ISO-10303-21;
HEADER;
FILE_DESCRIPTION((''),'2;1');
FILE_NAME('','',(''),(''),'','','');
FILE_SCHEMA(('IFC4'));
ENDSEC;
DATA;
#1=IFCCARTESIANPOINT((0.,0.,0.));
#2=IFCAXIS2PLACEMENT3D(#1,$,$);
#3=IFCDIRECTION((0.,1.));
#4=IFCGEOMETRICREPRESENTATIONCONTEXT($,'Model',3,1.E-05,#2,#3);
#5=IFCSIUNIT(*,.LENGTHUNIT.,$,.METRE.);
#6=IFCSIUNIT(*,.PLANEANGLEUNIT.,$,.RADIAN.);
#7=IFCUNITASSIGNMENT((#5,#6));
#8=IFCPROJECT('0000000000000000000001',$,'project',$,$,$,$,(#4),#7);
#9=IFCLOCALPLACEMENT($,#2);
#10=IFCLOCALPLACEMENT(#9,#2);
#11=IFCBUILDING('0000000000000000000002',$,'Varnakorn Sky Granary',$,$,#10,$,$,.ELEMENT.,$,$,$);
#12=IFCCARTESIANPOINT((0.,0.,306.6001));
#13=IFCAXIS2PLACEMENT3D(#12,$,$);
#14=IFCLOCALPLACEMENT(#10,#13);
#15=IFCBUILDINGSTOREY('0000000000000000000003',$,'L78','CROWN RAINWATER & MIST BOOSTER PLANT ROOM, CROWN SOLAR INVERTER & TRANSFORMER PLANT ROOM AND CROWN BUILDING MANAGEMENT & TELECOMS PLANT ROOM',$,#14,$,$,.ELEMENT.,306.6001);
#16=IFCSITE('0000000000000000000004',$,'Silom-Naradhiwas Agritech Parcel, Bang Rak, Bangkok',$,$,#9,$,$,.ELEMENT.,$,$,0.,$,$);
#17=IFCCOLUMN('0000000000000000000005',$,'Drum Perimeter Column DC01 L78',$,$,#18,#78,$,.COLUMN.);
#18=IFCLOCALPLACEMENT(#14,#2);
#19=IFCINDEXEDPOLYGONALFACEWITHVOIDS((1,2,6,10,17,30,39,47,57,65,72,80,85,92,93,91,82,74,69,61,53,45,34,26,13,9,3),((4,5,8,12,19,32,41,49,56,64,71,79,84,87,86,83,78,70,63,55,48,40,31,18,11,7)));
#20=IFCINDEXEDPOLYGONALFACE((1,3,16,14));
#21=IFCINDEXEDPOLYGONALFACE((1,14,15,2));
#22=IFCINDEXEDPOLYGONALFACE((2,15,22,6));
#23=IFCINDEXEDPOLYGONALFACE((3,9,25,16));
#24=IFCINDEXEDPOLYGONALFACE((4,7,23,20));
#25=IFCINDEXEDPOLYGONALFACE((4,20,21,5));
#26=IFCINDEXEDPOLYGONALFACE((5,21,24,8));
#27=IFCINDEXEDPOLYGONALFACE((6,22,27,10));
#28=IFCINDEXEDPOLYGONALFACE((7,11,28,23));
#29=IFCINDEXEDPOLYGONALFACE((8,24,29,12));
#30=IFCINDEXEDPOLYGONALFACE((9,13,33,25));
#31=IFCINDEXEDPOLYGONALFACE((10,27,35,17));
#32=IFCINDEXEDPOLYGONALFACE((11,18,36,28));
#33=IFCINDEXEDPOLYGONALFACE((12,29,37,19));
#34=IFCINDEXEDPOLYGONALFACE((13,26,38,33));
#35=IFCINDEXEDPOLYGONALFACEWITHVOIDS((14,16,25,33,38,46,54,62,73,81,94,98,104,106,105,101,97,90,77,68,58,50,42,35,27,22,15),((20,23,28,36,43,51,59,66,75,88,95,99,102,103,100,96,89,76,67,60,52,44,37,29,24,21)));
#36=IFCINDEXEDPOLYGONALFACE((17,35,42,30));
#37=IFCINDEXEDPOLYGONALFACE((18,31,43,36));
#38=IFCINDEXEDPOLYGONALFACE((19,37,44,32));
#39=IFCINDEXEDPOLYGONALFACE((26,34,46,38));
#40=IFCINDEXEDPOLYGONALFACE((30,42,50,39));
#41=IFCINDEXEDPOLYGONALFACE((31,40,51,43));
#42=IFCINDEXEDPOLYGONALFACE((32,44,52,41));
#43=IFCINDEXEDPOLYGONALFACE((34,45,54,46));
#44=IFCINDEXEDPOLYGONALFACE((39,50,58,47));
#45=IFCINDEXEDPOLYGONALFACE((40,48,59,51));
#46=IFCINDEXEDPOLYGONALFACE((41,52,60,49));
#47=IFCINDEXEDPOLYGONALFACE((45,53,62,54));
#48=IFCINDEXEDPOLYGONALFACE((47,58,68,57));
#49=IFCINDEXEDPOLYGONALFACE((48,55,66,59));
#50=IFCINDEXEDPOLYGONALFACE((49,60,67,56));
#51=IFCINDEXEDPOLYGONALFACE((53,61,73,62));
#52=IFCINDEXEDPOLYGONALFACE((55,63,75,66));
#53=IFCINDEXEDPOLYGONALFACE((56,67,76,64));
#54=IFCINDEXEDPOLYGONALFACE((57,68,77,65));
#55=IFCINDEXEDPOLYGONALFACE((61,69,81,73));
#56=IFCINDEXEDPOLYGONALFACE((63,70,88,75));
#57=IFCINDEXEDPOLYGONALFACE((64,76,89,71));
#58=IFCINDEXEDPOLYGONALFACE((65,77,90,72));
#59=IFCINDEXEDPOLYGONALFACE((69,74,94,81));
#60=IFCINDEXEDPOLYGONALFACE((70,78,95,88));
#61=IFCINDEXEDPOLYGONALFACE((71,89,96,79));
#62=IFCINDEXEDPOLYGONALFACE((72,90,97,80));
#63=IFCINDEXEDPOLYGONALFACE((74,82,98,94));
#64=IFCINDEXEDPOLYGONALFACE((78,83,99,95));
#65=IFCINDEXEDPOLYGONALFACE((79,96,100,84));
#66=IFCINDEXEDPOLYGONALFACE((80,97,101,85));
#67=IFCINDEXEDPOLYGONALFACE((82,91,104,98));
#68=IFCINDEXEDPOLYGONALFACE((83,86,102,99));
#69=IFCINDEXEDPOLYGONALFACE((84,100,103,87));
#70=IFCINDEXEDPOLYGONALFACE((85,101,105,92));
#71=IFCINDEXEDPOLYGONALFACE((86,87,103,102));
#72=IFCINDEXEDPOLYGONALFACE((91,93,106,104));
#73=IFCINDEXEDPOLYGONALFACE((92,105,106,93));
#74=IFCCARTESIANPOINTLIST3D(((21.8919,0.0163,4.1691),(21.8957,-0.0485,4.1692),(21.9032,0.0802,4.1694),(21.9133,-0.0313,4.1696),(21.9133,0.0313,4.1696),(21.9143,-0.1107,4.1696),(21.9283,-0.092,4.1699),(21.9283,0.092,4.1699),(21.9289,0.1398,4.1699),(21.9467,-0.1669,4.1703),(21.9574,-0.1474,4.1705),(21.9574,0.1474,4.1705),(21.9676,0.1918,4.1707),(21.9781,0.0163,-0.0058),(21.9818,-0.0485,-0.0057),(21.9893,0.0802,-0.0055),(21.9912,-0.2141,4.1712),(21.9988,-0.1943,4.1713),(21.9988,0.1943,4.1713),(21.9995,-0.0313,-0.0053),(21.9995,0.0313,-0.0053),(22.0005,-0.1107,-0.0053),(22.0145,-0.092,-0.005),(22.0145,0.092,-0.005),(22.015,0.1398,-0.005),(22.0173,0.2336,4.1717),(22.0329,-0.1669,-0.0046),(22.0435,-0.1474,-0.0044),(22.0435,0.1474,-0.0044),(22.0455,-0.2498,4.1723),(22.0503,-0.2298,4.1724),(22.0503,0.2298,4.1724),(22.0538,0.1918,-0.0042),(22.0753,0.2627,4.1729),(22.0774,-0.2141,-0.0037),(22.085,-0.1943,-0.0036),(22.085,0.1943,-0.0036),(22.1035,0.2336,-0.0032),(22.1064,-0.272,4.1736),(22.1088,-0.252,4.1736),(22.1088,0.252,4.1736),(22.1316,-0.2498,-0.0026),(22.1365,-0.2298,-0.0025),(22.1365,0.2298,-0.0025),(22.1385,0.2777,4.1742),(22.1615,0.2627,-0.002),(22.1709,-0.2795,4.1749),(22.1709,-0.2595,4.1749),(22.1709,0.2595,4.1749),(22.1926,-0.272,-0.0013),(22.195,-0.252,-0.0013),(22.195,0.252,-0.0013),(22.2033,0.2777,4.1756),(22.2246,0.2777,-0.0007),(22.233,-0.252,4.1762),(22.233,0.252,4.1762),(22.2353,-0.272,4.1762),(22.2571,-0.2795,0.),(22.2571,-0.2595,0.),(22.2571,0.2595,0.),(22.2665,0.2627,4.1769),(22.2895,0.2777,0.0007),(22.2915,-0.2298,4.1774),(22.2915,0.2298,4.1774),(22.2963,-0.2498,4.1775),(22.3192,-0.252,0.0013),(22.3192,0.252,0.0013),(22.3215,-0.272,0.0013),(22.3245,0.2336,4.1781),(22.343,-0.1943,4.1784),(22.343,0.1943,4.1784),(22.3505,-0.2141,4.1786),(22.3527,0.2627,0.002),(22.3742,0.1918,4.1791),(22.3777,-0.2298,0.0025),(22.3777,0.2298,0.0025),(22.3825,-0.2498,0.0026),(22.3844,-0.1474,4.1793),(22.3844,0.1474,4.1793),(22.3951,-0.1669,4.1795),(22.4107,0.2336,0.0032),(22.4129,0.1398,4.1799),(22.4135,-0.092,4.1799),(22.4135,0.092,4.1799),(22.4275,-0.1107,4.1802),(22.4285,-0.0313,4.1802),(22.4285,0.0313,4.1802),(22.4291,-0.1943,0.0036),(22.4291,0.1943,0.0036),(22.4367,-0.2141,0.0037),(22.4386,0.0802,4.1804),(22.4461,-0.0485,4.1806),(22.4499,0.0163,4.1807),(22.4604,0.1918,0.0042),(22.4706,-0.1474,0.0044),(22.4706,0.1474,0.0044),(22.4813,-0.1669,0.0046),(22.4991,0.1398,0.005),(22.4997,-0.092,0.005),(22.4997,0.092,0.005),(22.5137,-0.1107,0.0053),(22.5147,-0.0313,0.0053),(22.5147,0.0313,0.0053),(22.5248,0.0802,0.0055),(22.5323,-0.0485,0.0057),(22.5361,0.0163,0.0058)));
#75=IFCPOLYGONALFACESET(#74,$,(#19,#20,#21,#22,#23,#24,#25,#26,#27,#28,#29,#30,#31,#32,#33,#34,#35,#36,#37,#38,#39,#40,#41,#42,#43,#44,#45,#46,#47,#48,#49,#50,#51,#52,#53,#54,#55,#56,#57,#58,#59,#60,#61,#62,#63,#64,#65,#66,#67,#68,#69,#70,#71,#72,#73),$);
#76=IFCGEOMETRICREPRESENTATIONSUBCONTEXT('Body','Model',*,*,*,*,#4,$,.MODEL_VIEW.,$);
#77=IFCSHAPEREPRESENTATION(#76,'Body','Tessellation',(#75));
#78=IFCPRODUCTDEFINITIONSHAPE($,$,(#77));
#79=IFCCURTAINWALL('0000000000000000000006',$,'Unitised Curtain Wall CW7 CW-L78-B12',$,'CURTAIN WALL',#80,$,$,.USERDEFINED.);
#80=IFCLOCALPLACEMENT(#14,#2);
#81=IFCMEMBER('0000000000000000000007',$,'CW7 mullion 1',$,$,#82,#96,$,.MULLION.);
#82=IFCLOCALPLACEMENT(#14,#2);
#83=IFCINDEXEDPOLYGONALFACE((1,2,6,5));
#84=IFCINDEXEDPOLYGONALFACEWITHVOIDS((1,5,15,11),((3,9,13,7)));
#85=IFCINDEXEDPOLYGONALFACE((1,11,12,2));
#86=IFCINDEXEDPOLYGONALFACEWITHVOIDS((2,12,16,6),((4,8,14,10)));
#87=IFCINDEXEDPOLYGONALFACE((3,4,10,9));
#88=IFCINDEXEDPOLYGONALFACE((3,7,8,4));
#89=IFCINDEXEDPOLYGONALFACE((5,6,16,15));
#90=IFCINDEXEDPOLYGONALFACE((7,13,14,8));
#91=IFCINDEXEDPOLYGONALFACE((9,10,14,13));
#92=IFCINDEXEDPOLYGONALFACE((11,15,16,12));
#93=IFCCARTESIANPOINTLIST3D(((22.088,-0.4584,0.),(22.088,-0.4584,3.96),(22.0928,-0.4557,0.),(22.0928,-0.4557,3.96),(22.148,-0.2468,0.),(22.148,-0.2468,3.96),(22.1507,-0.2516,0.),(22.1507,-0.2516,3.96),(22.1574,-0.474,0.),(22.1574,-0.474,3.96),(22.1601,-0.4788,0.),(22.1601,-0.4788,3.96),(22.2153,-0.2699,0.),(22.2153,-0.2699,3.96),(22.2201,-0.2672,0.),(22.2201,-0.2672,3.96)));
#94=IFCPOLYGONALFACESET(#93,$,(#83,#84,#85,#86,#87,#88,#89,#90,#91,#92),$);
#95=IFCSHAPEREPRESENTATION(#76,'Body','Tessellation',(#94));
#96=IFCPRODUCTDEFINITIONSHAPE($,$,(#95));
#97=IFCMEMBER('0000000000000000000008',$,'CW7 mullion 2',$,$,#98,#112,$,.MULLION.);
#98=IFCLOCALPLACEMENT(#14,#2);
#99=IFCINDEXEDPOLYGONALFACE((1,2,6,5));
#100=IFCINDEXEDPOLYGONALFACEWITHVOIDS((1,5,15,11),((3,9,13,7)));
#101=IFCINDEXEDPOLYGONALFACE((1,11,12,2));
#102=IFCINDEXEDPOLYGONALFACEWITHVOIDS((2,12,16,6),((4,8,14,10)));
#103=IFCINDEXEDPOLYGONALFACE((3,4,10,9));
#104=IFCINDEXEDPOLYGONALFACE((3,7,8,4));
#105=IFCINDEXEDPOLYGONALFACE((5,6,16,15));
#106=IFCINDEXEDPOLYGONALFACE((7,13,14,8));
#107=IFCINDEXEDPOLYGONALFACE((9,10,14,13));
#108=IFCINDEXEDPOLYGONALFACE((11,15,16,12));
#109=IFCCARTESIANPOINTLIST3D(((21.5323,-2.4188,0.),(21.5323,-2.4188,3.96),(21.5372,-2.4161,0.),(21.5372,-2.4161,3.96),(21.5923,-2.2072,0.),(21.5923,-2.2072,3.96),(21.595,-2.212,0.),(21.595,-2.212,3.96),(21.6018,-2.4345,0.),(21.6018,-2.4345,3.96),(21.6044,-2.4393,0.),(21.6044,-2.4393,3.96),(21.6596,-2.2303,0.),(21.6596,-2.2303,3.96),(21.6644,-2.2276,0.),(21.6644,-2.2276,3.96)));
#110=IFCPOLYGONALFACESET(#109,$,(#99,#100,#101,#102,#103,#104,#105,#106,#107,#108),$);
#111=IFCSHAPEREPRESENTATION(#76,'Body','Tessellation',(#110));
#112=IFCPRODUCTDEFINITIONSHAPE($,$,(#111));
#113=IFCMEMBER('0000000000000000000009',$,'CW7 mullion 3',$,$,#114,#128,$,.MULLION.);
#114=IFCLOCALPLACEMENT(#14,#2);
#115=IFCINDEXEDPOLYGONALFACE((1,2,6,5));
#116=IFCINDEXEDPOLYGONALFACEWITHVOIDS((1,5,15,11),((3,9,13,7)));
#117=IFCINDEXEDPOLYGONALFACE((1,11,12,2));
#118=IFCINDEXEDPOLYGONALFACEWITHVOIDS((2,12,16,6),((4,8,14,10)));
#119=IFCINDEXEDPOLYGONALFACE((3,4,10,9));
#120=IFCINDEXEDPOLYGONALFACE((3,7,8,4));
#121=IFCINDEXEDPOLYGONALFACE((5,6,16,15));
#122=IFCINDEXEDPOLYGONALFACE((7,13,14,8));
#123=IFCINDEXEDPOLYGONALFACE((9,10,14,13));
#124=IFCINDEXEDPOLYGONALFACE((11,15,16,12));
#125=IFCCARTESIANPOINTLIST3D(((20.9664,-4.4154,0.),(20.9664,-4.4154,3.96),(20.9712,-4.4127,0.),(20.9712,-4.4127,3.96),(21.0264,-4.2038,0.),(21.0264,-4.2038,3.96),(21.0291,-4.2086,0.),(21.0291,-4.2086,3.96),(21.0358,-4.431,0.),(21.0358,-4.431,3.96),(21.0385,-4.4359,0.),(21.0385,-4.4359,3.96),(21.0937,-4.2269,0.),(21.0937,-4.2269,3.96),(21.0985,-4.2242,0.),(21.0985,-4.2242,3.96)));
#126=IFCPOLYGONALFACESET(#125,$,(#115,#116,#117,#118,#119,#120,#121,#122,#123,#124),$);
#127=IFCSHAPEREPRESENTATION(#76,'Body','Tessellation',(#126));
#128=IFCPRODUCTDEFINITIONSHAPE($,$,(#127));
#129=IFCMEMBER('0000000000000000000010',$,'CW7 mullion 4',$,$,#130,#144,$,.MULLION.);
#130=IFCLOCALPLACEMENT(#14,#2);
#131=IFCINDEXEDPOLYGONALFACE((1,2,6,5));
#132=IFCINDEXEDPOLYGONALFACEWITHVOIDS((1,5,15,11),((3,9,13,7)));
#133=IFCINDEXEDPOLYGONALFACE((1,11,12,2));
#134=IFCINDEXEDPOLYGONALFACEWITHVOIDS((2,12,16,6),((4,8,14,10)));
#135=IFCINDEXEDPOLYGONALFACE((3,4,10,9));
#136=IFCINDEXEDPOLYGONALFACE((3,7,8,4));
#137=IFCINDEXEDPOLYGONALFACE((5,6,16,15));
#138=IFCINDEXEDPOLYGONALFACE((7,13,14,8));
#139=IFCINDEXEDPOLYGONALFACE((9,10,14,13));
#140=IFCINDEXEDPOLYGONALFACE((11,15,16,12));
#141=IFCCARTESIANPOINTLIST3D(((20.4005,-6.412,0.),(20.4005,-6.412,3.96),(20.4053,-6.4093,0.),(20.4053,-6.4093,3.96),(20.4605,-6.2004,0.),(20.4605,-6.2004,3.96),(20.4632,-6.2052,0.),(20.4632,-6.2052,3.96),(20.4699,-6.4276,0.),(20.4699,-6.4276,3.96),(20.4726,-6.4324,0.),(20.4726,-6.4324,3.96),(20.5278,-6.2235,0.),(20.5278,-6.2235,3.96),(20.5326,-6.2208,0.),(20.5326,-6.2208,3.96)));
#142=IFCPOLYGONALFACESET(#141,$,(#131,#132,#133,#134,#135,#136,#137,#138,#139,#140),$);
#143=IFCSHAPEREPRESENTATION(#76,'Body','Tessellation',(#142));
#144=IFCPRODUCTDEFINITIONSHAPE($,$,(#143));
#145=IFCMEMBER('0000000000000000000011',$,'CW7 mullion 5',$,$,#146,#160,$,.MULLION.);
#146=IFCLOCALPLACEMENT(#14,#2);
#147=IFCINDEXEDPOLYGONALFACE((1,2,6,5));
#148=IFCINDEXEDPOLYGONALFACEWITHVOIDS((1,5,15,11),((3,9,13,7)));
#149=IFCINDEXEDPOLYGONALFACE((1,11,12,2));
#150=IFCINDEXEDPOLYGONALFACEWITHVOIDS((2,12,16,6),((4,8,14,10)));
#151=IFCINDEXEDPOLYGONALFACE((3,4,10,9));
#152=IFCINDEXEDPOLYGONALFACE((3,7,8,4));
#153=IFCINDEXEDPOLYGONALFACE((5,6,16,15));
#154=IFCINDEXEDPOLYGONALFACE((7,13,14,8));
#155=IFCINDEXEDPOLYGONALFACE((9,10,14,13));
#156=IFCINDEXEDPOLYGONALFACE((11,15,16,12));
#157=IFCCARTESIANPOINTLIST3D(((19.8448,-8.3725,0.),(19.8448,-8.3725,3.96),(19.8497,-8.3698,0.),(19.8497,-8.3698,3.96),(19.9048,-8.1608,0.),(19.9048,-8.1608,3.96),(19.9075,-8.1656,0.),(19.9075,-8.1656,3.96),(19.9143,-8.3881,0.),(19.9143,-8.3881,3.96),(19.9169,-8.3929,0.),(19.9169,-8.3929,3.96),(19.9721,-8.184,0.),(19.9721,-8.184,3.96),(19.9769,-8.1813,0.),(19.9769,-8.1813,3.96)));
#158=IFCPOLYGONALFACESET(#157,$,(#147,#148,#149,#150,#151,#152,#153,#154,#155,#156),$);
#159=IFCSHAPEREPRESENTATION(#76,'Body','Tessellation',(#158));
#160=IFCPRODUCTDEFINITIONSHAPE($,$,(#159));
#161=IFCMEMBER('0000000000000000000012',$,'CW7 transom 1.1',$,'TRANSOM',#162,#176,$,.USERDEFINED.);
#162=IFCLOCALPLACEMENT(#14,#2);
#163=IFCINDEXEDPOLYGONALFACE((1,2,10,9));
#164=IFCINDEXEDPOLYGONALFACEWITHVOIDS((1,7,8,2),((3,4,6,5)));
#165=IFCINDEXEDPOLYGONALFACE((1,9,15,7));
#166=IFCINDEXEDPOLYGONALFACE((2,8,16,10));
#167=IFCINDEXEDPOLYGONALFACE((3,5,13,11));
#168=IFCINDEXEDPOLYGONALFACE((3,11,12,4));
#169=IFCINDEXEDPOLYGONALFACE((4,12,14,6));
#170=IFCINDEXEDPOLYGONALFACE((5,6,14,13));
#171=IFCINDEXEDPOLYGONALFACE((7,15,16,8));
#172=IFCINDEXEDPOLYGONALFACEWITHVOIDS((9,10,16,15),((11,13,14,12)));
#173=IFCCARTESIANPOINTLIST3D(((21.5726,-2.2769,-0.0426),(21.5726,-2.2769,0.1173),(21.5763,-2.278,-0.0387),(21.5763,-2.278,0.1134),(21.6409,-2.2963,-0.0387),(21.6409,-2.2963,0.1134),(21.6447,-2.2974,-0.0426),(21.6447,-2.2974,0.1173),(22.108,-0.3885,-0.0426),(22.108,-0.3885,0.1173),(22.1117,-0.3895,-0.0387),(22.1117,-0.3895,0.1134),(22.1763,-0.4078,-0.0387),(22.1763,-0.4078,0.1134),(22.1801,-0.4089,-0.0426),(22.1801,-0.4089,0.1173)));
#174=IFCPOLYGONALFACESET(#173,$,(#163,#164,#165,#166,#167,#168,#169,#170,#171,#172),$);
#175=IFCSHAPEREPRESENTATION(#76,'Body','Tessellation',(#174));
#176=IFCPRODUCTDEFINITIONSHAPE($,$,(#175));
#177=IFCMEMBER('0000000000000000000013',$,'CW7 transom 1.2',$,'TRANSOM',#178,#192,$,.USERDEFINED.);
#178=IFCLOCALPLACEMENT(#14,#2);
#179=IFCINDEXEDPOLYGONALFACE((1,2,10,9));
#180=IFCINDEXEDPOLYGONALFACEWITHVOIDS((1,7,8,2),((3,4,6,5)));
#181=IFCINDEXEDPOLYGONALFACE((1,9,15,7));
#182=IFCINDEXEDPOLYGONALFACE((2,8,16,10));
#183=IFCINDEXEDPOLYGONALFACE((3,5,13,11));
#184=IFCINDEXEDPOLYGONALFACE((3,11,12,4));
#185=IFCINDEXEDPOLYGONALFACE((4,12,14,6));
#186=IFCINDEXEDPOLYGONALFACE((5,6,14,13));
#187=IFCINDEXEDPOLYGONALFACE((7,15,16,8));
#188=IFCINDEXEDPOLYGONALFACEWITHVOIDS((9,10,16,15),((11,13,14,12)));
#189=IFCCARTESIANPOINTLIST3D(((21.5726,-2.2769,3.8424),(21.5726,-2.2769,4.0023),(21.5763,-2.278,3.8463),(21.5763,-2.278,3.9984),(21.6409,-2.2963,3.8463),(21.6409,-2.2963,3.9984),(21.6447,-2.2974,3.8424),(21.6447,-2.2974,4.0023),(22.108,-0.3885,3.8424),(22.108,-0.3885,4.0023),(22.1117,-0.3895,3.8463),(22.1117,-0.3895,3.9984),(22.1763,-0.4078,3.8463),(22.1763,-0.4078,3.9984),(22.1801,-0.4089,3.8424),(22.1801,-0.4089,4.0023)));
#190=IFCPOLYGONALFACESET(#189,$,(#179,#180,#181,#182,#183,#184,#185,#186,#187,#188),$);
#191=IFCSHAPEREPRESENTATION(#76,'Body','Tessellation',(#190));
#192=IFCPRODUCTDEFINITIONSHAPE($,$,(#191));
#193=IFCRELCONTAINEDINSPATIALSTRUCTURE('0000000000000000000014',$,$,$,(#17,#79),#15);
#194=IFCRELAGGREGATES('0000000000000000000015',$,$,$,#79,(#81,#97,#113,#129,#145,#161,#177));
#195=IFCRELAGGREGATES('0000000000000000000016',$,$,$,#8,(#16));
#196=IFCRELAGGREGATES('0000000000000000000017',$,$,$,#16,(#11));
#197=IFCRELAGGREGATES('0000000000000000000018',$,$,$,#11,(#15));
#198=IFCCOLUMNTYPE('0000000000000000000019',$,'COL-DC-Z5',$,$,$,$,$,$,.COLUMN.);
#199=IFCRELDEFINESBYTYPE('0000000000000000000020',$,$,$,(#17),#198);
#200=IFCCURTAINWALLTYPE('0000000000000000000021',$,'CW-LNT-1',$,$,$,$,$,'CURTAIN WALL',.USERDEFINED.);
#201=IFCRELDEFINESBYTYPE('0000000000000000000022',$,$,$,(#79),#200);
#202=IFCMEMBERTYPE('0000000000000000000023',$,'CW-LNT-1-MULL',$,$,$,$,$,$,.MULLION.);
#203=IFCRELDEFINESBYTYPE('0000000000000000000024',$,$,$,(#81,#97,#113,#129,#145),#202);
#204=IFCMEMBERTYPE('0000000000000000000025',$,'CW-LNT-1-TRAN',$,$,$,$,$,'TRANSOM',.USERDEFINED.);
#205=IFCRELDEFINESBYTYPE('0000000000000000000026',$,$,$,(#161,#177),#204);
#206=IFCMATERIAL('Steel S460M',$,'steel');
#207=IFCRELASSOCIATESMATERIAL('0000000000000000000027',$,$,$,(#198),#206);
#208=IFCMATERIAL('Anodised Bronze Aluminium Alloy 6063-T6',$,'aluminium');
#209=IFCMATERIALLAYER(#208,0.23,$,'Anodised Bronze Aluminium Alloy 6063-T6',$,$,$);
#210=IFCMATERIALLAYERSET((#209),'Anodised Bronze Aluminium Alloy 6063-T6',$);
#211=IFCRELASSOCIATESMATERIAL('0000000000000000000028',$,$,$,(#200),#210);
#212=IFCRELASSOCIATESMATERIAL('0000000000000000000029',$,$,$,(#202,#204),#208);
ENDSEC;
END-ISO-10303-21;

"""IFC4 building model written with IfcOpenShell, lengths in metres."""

from ifc_helpers import new_model, si_unit, direction, frame, origin, origin_2d, place, context, subcontext, project, spatial, hollow_rectangle, hollow_circle, extrude, material, layer, layer_set, material_profile, profile_set, type_object, element, aggregate, save


model = new_model("IFC4")

# Units and contexts
model_context = context("Model", 3, precision=1e-05, world=origin(), true_north=direction((0.0, 1.0)))
body_context = subcontext(model_context, "Body", "Model", "MODEL_VIEW")
ifc_project = project(units=[si_unit("LENGTHUNIT", "METRE"), si_unit("PLANEANGLEUNIT", "RADIAN")], contexts=[model_context])

# Site, building, storey
site_placement = place(None, origin())
site = spatial("IfcSite", under=ifc_project, at=site_placement, Name="Silom-Naradhiwas Agritech Parcel, Bang Rak, Bangkok", CompositionType="ELEMENT", RefElevation=0.0)
building_placement = place(site_placement, origin())
building = spatial("IfcBuilding", under=site, at=building_placement, Name="Varnakorn Sky Granary", CompositionType="ELEMENT")
storey_placement = place(building_placement, frame((0.0, 0.0, 306.6001)))
storey = spatial("IfcBuildingStorey", under=building, at=storey_placement, Name="L78", Description="CROWN RAINWATER & MIST BOOSTER PLANT ROOM, CROWN SOLAR INVERTER & TRANSFORMER PLANT ROOM AND CROWN BUILDING MANAGEMENT & TELECOMS PLANT ROOM", CompositionType="ELEMENT", Elevation=306.6001)

# Column
ifc_material_1 = material(Name="Steel S460M", Category="steel")
ifc_material_profile_1 = material_profile(ifc_material_1, hollow_circle(Radius=0.2795, WallThickness=0.02, at=origin_2d()), Name="CHS 559x20")
ifc_profile_set_1 = profile_set([ifc_material_profile_1], Name="Steel S460M")
column_type = type_object("IfcColumnType", Name="COL-DC-Z5", PredefinedType="COLUMN", material=ifc_profile_set_1)
column_placement = place(storey_placement, frame((22.2571, 0.0, 0.0), z_axis=(-0.020639, 0.0, 0.999787), x_axis=(0.0, -1.0, 0.0)))
element("IfcColumn", 1, at=column_placement, inside=storey, type_object=column_type, Name="Drum Perimeter Column DC01 L78", PredefinedType="COLUMN", context=body_context, shape_type="SweptSolid", body=[
    extrude(hollow_circle(Radius=0.2795, WallThickness=0.02, at=origin_2d()), origin(), (0.0, 0.0, 1.0), 4.1758),
])

# Curtain wall, members
ifc_material_2 = material(Name="Anodised Bronze Aluminium Alloy 6063-T6", Category="aluminium")
ifc_layer_1 = layer(ifc_material_2, 0.23, Name="Anodised Bronze Aluminium Alloy 6063-T6")
ifc_layer_set_1 = layer_set([ifc_layer_1], Name="Anodised Bronze Aluminium Alloy 6063-T6")
curtain_wall_type = type_object("IfcCurtainWallType", Name="CW-LNT-1", ElementType="CURTAIN WALL", PredefinedType="USERDEFINED", material=ifc_layer_set_1)
curtain_wall_placement = place(storey_placement, origin())
curtain_wall = element("IfcCurtainWall", 2, at=curtain_wall_placement, inside=storey, type_object=curtain_wall_type, Name="Unitised Curtain Wall CW7 CW-L78-B12", ObjectType="CURTAIN WALL", PredefinedType="USERDEFINED")
ifc_material_profile_2 = material_profile(ifc_material_2, hollow_rectangle(XDim=0.075, YDim=0.22, WallThickness=0.0039, at=origin_2d()), Name="ALU MULL 75x220")
ifc_profile_set_2 = profile_set([ifc_material_profile_2], Name="Anodised Bronze Aluminium Alloy 6063-T6")
member_type_1 = type_object("IfcMemberType", Name="CW-LNT-1-MULL", PredefinedType="MULLION", material=ifc_profile_set_2)
member_1_placement = place(storey_placement, frame((22.1541, -0.3628, 0.0), z_axis=(0.0, 0.0, 1.0), x_axis=(0.962095, -0.272716, 0.0)))
member_1 = element("IfcMember", 3, at=member_1_placement, type_object=member_type_1, Name="CW7 mullion 1", PredefinedType="MULLION", context=body_context, shape_type="SweptSolid", body=[
    extrude(hollow_rectangle(XDim=0.075, YDim=0.22, WallThickness=0.0039, at=origin_2d()), origin(), (0.0, 0.0, 1.0), 3.96),
])
member_2_placement = place(storey_placement, frame((21.5984, -2.3232, 0.0), z_axis=(0.0, 0.0, 1.0), x_axis=(0.962095, -0.272716, 0.0)))
member_2 = element("IfcMember", 4, at=member_2_placement, type_object=member_type_1, Name="CW7 mullion 2", PredefinedType="MULLION", context=body_context, shape_type="SweptSolid", body=[
    extrude(hollow_rectangle(XDim=0.075, YDim=0.22, WallThickness=0.0039, at=origin_2d()), origin(), (0.0, 0.0, 1.0), 3.96),
])
member_3_placement = place(storey_placement, frame((21.0325, -4.3198, 0.0), z_axis=(0.0, 0.0, 1.0), x_axis=(0.962095, -0.272716, 0.0)))
member_3 = element("IfcMember", 5, at=member_3_placement, type_object=member_type_1, Name="CW7 mullion 3", PredefinedType="MULLION", context=body_context, shape_type="SweptSolid", body=[
    extrude(hollow_rectangle(XDim=0.075, YDim=0.22, WallThickness=0.0039, at=origin_2d()), origin(), (0.0, 0.0, 1.0), 3.96),
])
member_4_placement = place(storey_placement, frame((20.4666, -6.3164, 0.0), z_axis=(0.0, 0.0, 1.0), x_axis=(0.962095, -0.272716, 0.0)))
member_4 = element("IfcMember", 6, at=member_4_placement, type_object=member_type_1, Name="CW7 mullion 4", PredefinedType="MULLION", context=body_context, shape_type="SweptSolid", body=[
    extrude(hollow_rectangle(XDim=0.075, YDim=0.22, WallThickness=0.0039, at=origin_2d()), origin(), (0.0, 0.0, 1.0), 3.96),
])
member_5_placement = place(storey_placement, frame((19.9109, -8.2769, 0.0), z_axis=(0.0, 0.0, 1.0), x_axis=(0.962095, -0.272716, 0.0)))
member_5 = element("IfcMember", 7, at=member_5_placement, type_object=member_type_1, Name="CW7 mullion 5", PredefinedType="MULLION", context=body_context, shape_type="SweptSolid", body=[
    extrude(hollow_rectangle(XDim=0.075, YDim=0.22, WallThickness=0.0039, at=origin_2d()), origin(), (0.0, 0.0, 1.0), 3.96),
])
ifc_material_profile_3 = material_profile(ifc_material_2, hollow_rectangle(XDim=0.075, YDim=0.1599, WallThickness=0.0039, at=origin_2d()), Name="ALU TRAN 75x160")
ifc_profile_set_3 = profile_set([ifc_material_profile_3], Name="Anodised Bronze Aluminium Alloy 6063-T6")
member_type_2 = type_object("IfcMemberType", Name="CW-LNT-1-TRAN", ElementType="TRANSOM", PredefinedType="USERDEFINED", material=ifc_profile_set_3)
member_6_placement = place(storey_placement, frame((22.144, -0.3987, 0.0374), z_axis=(-0.272766, -0.96208, 0.0), x_axis=(0.96208, -0.272766, 0.0)))
member_6 = element("IfcMember", 8, at=member_6_placement, type_object=member_type_2, Name="CW7 transom 1.1", ObjectType="TRANSOM", PredefinedType="USERDEFINED", context=body_context, shape_type="SweptSolid", body=[
    extrude(hollow_rectangle(XDim=0.075, YDim=0.1599, WallThickness=0.0039, at=origin_2d()), origin(), (0.0, 0.0, 1.0), 1.9629),
])
member_7_placement = place(storey_placement, frame((22.144, -0.3987, 3.9224), z_axis=(-0.272766, -0.96208, 0.0), x_axis=(0.96208, -0.272766, 0.0)))
member_7 = element("IfcMember", 9, at=member_7_placement, type_object=member_type_2, Name="CW7 transom 1.2", ObjectType="TRANSOM", PredefinedType="USERDEFINED", context=body_context, shape_type="SweptSolid", body=[
    extrude(hollow_rectangle(XDim=0.075, YDim=0.1599, WallThickness=0.0039, at=origin_2d()), origin(), (0.0, 0.0, 1.0), 1.9629),
])

aggregate(curtain_wall, [member_1, member_2, member_3, member_4, member_5, member_6, member_7])

save(model, "model.ifc")
